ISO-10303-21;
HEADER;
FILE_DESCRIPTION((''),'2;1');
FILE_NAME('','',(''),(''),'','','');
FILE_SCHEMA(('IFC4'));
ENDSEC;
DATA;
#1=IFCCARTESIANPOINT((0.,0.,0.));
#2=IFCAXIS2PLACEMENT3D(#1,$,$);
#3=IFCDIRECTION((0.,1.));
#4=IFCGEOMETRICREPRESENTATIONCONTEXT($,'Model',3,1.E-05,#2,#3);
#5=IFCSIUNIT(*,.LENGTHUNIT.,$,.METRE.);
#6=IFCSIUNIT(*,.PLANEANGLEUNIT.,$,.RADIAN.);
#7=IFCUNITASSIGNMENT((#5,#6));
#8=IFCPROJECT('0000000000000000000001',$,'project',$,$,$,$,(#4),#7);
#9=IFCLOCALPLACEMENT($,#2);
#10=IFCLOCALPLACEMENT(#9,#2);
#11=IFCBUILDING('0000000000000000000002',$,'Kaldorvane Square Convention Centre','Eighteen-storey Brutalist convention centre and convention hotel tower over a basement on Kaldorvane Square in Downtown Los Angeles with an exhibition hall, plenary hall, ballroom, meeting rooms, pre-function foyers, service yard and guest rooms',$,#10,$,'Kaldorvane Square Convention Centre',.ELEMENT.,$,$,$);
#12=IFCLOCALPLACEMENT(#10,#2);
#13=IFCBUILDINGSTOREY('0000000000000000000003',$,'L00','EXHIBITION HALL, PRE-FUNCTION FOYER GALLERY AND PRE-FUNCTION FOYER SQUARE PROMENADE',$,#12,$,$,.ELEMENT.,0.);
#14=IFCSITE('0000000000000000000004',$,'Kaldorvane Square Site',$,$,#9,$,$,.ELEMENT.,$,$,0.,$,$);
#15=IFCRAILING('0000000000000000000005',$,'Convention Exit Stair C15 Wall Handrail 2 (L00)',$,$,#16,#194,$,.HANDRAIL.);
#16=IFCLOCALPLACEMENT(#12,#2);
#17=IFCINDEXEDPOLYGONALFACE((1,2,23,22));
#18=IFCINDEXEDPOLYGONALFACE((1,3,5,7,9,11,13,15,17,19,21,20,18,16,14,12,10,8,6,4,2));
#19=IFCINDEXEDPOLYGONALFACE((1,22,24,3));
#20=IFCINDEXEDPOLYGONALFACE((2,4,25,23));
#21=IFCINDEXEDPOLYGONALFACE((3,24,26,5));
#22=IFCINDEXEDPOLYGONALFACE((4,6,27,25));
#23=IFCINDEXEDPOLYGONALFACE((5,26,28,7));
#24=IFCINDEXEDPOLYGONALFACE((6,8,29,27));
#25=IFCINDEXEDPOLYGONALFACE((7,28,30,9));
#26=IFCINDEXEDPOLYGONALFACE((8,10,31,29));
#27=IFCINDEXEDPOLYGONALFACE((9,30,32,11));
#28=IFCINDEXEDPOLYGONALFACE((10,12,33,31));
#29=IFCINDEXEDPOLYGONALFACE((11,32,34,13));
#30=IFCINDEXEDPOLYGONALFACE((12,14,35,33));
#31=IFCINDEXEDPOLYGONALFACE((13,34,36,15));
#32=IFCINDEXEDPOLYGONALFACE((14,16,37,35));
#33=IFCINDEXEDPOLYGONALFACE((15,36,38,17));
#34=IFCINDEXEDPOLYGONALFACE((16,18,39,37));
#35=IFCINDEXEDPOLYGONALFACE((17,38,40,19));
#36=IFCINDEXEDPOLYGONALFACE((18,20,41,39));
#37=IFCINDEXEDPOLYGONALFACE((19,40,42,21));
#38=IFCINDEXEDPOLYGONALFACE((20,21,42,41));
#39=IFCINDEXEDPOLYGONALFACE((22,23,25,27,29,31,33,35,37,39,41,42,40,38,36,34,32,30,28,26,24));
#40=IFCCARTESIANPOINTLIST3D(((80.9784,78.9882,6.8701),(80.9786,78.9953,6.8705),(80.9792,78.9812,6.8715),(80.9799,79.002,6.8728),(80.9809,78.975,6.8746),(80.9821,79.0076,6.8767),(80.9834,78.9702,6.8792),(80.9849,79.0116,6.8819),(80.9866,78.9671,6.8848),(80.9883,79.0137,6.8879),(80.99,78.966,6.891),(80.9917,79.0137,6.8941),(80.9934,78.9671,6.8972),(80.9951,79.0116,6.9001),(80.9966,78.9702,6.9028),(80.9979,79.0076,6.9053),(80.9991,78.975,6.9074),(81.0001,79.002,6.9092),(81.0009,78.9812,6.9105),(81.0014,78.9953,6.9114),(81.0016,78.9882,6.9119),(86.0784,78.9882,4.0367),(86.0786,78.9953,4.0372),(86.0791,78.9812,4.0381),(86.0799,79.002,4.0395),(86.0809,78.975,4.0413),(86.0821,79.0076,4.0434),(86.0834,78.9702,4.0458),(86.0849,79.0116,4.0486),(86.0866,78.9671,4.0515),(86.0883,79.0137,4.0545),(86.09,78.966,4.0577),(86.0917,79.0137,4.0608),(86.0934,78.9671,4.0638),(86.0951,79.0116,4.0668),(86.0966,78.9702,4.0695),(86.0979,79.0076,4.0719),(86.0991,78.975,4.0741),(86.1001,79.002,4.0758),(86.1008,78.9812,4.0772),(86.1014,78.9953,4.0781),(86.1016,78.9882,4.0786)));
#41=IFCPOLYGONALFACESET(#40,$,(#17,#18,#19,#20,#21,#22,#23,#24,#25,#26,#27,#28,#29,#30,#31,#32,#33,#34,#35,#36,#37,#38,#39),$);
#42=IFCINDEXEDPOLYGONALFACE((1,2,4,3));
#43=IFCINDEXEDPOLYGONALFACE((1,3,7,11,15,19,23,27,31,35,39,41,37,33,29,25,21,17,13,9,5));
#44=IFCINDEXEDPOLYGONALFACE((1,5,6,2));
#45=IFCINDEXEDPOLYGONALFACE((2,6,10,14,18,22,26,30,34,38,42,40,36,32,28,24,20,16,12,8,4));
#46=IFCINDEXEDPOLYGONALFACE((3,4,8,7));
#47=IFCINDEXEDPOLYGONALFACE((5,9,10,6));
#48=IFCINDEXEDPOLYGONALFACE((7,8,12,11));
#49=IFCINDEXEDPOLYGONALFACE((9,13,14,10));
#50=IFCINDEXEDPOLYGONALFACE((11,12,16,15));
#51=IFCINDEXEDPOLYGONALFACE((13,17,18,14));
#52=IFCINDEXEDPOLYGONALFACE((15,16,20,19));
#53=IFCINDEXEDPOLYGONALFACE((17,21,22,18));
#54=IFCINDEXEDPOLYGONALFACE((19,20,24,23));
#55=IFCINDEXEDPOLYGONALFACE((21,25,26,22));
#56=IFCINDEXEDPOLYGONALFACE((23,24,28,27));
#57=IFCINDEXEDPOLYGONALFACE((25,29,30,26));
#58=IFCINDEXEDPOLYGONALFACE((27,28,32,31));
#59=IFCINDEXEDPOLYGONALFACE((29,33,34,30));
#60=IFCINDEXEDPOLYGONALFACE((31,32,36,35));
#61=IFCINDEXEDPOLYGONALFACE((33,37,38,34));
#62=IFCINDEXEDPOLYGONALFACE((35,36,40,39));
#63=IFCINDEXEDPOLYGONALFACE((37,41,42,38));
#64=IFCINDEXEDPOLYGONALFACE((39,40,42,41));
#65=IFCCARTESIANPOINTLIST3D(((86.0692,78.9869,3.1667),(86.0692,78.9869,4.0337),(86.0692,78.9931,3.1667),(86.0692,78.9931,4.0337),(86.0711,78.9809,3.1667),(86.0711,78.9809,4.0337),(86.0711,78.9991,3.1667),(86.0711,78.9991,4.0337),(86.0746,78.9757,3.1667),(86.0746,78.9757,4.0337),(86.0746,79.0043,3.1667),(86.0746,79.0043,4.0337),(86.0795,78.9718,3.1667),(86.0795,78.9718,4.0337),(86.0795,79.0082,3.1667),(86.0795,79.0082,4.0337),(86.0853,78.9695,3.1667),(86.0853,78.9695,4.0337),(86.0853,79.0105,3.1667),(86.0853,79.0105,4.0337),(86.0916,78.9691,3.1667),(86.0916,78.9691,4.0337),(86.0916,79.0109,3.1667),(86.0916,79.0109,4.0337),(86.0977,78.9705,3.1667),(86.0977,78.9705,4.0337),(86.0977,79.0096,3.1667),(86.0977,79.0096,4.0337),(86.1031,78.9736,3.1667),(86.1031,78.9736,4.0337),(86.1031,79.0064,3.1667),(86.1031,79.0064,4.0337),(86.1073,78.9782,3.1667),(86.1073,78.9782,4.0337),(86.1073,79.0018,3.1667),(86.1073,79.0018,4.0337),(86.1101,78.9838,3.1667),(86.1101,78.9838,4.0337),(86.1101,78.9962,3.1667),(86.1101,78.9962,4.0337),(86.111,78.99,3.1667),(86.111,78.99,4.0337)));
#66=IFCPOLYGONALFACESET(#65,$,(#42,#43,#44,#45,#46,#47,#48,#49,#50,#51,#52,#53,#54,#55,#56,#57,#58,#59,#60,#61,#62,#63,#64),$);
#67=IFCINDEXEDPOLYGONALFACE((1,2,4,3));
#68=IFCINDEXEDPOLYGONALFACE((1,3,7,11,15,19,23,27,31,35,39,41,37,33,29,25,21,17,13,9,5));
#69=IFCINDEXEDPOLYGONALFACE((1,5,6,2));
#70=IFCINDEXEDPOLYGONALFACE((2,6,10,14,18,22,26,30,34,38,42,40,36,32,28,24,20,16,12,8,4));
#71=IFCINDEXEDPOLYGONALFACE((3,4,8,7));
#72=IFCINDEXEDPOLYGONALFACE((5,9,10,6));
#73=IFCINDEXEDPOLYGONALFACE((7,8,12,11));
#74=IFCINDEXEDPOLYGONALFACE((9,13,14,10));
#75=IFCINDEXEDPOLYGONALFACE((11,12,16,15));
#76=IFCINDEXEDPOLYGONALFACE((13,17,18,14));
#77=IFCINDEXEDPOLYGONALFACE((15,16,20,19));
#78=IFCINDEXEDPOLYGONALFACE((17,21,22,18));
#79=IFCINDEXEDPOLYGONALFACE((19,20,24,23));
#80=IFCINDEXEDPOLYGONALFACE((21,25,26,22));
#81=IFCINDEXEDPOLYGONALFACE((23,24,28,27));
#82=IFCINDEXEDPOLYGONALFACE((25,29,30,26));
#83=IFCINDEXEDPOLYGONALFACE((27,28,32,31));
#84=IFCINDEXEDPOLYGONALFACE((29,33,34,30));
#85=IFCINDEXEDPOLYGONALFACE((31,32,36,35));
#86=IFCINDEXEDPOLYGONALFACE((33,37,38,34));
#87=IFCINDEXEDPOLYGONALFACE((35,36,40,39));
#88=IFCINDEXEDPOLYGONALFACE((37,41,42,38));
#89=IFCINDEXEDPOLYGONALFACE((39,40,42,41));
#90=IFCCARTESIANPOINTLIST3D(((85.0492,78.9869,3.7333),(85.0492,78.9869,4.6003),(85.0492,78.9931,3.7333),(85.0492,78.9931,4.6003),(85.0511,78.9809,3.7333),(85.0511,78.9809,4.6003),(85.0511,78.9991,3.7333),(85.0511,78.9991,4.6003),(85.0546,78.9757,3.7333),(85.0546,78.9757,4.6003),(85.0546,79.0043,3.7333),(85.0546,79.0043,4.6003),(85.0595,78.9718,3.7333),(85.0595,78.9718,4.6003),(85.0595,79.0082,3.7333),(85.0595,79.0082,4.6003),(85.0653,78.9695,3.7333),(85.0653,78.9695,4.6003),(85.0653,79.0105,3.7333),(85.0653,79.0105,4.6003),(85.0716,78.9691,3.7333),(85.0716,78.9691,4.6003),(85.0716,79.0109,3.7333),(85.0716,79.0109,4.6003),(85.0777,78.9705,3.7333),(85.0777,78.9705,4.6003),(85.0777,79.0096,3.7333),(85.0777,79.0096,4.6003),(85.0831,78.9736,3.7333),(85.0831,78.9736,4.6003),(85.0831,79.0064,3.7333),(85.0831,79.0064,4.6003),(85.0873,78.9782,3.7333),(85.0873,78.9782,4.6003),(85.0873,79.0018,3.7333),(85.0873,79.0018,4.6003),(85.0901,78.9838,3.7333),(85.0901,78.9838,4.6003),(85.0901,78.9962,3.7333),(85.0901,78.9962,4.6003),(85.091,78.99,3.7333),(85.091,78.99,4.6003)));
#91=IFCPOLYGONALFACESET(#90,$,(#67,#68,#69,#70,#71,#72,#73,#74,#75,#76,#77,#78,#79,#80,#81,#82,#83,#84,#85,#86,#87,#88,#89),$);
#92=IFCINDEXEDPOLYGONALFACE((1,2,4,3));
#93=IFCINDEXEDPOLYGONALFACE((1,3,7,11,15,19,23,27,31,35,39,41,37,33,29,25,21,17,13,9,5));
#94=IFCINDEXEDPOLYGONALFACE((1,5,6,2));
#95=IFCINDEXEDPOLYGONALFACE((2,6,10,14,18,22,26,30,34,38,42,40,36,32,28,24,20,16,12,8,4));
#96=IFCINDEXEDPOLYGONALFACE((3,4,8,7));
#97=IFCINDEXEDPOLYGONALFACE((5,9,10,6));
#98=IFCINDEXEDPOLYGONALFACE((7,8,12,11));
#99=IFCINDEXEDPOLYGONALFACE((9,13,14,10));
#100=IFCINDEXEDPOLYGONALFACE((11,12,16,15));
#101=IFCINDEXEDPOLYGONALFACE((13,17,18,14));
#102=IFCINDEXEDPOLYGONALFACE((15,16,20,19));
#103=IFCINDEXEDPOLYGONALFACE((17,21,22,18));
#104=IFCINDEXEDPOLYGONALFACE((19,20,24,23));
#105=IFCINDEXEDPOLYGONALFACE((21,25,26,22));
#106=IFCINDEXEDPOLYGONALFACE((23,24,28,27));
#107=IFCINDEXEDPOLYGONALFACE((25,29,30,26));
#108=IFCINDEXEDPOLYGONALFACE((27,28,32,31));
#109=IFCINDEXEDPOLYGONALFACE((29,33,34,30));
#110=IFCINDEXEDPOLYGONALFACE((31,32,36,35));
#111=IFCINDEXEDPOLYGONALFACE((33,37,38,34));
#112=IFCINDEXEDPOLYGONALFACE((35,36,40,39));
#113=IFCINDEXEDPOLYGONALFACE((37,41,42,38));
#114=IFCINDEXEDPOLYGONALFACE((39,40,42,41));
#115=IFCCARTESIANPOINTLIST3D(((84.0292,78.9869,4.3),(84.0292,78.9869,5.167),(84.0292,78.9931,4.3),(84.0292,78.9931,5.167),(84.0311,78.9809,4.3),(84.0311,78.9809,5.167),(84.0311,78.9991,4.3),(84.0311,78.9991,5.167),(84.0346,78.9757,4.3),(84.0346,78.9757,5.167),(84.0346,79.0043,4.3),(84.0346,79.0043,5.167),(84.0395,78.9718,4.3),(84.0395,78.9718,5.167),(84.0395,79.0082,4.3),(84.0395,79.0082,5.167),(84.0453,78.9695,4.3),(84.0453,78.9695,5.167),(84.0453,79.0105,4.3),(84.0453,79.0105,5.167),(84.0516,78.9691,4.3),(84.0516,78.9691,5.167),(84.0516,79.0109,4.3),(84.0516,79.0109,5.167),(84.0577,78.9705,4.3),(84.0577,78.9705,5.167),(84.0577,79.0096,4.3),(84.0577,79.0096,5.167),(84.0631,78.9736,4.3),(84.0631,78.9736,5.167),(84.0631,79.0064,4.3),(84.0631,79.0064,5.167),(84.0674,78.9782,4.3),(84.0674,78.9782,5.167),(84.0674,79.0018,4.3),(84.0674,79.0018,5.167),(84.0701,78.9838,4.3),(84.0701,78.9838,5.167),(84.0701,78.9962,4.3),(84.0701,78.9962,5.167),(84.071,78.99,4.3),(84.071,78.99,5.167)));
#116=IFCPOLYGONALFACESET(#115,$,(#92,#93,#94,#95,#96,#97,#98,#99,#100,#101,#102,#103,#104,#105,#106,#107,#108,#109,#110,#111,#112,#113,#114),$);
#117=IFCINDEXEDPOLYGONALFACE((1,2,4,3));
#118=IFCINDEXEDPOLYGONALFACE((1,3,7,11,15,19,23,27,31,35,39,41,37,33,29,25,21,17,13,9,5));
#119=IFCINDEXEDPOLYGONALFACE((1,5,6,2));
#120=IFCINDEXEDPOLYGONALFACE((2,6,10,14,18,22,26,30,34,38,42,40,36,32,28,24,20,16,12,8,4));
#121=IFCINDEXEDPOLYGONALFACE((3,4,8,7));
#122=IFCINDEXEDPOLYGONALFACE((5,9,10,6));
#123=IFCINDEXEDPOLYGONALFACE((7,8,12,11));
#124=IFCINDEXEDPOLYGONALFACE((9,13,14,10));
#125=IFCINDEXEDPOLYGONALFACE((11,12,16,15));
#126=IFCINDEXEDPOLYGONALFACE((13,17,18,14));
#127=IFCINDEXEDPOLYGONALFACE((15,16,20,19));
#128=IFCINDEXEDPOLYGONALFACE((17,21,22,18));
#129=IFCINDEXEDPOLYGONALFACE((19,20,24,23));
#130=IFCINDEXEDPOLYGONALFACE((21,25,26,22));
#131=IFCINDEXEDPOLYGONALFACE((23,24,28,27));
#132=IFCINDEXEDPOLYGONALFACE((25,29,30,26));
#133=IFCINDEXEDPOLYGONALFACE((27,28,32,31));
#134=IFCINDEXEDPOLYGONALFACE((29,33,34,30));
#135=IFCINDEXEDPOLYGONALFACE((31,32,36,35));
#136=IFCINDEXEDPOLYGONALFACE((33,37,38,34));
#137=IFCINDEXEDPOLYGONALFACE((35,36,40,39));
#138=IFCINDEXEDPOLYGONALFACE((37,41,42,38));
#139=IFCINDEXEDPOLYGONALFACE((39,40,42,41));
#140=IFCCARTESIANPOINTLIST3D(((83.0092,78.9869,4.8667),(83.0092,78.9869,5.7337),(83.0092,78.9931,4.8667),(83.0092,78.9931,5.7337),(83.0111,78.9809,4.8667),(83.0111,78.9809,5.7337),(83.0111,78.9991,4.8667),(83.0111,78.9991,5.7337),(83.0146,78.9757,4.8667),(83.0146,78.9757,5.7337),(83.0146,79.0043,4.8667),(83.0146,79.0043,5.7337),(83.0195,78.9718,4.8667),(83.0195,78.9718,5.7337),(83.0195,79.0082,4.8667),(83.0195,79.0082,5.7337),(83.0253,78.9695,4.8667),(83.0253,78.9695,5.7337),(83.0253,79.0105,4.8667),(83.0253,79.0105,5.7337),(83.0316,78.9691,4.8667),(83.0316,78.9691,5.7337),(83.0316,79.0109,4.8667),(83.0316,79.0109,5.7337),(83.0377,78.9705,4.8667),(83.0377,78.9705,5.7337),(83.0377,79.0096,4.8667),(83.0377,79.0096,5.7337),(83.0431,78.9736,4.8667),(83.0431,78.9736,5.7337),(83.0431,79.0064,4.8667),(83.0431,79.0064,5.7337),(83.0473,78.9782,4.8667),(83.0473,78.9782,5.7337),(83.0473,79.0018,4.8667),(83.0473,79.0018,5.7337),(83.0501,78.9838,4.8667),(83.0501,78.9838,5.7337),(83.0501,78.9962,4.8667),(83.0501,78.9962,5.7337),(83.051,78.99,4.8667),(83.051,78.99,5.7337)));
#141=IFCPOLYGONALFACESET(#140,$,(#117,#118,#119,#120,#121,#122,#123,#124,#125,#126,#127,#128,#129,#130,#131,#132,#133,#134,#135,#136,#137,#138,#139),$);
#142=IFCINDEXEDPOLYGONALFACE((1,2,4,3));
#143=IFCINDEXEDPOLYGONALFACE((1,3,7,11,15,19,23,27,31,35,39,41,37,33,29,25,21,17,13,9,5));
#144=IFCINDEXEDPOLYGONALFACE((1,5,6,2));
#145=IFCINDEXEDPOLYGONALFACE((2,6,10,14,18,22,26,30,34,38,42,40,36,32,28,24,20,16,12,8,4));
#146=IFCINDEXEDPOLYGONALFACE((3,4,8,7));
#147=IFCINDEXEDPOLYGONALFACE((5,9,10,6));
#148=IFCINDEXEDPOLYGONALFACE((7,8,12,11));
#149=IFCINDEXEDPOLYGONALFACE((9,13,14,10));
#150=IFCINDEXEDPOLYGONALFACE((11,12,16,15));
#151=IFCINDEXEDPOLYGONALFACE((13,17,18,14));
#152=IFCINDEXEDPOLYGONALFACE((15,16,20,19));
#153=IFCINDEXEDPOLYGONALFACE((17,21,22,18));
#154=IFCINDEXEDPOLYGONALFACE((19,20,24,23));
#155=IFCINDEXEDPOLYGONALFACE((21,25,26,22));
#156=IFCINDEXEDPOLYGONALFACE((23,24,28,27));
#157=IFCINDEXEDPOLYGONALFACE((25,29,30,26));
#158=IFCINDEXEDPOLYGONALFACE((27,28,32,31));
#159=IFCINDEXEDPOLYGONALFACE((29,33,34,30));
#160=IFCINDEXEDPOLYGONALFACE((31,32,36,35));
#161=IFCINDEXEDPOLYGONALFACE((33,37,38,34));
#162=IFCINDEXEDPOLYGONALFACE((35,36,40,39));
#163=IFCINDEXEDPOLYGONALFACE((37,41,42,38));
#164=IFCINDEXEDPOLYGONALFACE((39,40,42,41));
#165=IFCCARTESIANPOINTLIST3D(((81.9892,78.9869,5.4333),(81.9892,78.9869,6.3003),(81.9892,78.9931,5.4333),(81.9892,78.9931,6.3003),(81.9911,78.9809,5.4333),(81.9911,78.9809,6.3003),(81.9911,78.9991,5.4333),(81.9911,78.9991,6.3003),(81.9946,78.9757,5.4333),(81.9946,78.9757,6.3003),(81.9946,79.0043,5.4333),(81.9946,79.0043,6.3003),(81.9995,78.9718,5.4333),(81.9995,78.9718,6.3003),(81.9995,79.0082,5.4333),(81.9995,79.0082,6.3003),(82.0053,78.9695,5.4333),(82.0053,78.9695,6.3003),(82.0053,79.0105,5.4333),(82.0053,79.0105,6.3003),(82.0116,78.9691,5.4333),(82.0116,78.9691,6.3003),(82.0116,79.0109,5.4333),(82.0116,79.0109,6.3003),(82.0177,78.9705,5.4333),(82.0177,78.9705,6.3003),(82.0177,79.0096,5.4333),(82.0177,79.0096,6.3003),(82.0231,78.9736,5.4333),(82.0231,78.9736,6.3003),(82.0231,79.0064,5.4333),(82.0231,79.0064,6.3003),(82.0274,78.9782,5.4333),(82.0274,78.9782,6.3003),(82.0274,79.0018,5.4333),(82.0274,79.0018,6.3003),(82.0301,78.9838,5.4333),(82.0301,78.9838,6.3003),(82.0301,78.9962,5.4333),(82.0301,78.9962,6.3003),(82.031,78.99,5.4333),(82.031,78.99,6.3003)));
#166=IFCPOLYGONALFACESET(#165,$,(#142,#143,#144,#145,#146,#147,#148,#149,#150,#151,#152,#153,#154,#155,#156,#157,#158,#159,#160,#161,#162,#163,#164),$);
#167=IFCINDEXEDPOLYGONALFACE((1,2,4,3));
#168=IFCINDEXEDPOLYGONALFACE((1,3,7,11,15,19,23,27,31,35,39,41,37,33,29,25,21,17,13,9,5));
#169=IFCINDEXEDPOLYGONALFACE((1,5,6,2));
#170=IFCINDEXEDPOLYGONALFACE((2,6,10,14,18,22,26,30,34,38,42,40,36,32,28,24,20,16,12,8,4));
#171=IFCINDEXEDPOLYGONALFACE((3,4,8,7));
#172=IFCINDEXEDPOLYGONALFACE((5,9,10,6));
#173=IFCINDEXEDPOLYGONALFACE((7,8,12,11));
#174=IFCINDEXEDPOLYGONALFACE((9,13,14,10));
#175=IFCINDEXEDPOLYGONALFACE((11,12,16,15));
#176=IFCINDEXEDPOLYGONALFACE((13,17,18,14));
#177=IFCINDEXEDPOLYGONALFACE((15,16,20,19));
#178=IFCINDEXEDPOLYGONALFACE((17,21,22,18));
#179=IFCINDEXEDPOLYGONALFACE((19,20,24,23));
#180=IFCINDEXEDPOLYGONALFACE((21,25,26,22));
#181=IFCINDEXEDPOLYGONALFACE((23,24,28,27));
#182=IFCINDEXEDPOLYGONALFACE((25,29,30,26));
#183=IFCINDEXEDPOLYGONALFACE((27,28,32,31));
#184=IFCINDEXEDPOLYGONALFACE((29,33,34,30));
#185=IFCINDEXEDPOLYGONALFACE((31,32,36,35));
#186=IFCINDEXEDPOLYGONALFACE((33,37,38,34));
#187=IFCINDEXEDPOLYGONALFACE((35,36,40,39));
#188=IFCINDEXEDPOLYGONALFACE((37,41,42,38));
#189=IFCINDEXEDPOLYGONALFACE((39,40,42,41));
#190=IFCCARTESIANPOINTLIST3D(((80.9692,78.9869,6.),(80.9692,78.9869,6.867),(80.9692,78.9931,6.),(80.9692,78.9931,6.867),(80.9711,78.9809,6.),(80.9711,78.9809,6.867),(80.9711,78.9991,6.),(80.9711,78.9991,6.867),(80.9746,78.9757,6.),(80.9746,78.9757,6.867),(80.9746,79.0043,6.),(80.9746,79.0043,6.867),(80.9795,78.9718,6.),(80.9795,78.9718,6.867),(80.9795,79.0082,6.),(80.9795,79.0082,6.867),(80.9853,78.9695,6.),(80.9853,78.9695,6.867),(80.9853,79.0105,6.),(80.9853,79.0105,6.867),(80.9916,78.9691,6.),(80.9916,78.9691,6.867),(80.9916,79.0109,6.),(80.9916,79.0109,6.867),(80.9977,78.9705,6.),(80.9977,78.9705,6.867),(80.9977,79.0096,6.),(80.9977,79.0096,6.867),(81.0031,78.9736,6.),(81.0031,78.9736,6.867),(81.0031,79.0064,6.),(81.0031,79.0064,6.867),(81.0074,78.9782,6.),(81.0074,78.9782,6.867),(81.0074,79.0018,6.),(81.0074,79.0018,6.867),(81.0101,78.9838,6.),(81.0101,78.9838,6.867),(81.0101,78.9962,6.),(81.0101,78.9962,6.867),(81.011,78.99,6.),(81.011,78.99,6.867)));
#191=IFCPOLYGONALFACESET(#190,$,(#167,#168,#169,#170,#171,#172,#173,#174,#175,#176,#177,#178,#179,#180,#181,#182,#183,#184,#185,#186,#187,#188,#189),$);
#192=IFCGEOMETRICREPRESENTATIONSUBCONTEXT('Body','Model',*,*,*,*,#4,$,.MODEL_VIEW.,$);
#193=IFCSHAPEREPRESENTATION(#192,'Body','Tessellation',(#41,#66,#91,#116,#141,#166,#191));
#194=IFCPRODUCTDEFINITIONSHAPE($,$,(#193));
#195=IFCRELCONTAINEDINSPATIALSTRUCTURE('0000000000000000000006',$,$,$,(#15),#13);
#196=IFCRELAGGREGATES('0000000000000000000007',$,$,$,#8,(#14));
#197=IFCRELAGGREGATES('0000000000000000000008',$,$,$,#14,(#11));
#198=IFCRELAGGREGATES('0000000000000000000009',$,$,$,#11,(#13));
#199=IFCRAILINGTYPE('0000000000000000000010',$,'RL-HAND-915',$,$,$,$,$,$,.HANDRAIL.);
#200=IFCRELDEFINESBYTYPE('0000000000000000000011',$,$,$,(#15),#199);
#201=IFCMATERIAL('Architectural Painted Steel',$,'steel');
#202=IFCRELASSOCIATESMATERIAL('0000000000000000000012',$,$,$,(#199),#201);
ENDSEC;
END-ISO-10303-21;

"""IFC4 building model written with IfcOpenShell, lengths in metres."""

from ifc_helpers import new_model, si_unit, direction, frame, origin, origin_2d, place, context, subcontext, project, spatial, circle, extrude, material, type_object, element, save


model = new_model("IFC4")

# Units and contexts
model_context = context("Model", 3, precision=1e-05, world=origin(), true_north=direction((0.0, 1.0)))
body_context = subcontext(model_context, "Body", "Model", "MODEL_VIEW")
ifc_project = project(units=[si_unit("LENGTHUNIT", "METRE"), si_unit("PLANEANGLEUNIT", "RADIAN")], contexts=[model_context])

# Site, building, storey
site_placement = place(None, origin())
site = spatial("IfcSite", under=ifc_project, at=site_placement, Name="Kaldorvane Square Site", CompositionType="ELEMENT", RefElevation=0.0)
building_placement = place(site_placement, origin())
building = spatial("IfcBuilding", under=site, at=building_placement, Name="Kaldorvane Square Convention Centre", Description="Eighteen-storey Brutalist convention centre and convention hotel tower over a basement on Kaldorvane Square in Downtown Los Angeles with an exhibition hall, plenary hall, ballroom, meeting rooms, pre-function foyers, service yard and guest rooms", LongName="Kaldorvane Square Convention Centre", CompositionType="ELEMENT")
storey_placement = place(building_placement, origin())
storey = spatial("IfcBuildingStorey", under=building, at=storey_placement, Name="L00", Description="EXHIBITION HALL, PRE-FUNCTION FOYER GALLERY AND PRE-FUNCTION FOYER SQUARE PROMENADE", CompositionType="ELEMENT", Elevation=0.0)

# Railing
ifc_material_1 = material(Name="Architectural Painted Steel", Category="steel")
railing_type_1 = type_object("IfcRailingType", Name="RL-HAND-915", PredefinedType="HANDRAIL", material=ifc_material_1)
railing_1_placement = place(storey_placement, frame((86.09, 78.99, 3.1667)))
element("IfcRailing", 1, at=railing_1_placement, inside=storey, type_object=railing_type_1, Name="Convention Exit Stair C15 Wall Handrail 2 (L00)", PredefinedType="HANDRAIL", context=body_context, shape_type="SweptSolid", body=[
    extrude(circle(Radius=0.024, at=origin_2d()), frame((0.0, 0.0, 0.891), z_axis=(-0.874157, 0.0, 0.485643), x_axis=(0.0, -1.0, 0.0)), (0.0, 0.0, 1.0), 5.8342),
    extrude(circle(Radius=0.021, at=origin_2d()), origin(), (0.0, 0.0, 1.0), 0.867),
    extrude(circle(Radius=0.021, at=origin_2d()), frame((-1.02, 0.0, 0.5667)), (0.0, 0.0, 1.0), 0.867),
    extrude(circle(Radius=0.021, at=origin_2d()), frame((-2.04, 0.0, 1.1333)), (0.0, 0.0, 1.0), 0.867),
    extrude(circle(Radius=0.021, at=origin_2d()), frame((-3.06, 0.0, 1.7)), (0.0, 0.0, 1.0), 0.867),
    extrude(circle(Radius=0.021, at=origin_2d()), frame((-4.08, 0.0, 2.2667)), (0.0, 0.0, 1.0), 0.867),
    extrude(circle(Radius=0.021, at=origin_2d()), frame((-5.1, 0.0, 2.8333)), (0.0, 0.0, 1.0), 0.867),
])

save(model, "model.ifc")
